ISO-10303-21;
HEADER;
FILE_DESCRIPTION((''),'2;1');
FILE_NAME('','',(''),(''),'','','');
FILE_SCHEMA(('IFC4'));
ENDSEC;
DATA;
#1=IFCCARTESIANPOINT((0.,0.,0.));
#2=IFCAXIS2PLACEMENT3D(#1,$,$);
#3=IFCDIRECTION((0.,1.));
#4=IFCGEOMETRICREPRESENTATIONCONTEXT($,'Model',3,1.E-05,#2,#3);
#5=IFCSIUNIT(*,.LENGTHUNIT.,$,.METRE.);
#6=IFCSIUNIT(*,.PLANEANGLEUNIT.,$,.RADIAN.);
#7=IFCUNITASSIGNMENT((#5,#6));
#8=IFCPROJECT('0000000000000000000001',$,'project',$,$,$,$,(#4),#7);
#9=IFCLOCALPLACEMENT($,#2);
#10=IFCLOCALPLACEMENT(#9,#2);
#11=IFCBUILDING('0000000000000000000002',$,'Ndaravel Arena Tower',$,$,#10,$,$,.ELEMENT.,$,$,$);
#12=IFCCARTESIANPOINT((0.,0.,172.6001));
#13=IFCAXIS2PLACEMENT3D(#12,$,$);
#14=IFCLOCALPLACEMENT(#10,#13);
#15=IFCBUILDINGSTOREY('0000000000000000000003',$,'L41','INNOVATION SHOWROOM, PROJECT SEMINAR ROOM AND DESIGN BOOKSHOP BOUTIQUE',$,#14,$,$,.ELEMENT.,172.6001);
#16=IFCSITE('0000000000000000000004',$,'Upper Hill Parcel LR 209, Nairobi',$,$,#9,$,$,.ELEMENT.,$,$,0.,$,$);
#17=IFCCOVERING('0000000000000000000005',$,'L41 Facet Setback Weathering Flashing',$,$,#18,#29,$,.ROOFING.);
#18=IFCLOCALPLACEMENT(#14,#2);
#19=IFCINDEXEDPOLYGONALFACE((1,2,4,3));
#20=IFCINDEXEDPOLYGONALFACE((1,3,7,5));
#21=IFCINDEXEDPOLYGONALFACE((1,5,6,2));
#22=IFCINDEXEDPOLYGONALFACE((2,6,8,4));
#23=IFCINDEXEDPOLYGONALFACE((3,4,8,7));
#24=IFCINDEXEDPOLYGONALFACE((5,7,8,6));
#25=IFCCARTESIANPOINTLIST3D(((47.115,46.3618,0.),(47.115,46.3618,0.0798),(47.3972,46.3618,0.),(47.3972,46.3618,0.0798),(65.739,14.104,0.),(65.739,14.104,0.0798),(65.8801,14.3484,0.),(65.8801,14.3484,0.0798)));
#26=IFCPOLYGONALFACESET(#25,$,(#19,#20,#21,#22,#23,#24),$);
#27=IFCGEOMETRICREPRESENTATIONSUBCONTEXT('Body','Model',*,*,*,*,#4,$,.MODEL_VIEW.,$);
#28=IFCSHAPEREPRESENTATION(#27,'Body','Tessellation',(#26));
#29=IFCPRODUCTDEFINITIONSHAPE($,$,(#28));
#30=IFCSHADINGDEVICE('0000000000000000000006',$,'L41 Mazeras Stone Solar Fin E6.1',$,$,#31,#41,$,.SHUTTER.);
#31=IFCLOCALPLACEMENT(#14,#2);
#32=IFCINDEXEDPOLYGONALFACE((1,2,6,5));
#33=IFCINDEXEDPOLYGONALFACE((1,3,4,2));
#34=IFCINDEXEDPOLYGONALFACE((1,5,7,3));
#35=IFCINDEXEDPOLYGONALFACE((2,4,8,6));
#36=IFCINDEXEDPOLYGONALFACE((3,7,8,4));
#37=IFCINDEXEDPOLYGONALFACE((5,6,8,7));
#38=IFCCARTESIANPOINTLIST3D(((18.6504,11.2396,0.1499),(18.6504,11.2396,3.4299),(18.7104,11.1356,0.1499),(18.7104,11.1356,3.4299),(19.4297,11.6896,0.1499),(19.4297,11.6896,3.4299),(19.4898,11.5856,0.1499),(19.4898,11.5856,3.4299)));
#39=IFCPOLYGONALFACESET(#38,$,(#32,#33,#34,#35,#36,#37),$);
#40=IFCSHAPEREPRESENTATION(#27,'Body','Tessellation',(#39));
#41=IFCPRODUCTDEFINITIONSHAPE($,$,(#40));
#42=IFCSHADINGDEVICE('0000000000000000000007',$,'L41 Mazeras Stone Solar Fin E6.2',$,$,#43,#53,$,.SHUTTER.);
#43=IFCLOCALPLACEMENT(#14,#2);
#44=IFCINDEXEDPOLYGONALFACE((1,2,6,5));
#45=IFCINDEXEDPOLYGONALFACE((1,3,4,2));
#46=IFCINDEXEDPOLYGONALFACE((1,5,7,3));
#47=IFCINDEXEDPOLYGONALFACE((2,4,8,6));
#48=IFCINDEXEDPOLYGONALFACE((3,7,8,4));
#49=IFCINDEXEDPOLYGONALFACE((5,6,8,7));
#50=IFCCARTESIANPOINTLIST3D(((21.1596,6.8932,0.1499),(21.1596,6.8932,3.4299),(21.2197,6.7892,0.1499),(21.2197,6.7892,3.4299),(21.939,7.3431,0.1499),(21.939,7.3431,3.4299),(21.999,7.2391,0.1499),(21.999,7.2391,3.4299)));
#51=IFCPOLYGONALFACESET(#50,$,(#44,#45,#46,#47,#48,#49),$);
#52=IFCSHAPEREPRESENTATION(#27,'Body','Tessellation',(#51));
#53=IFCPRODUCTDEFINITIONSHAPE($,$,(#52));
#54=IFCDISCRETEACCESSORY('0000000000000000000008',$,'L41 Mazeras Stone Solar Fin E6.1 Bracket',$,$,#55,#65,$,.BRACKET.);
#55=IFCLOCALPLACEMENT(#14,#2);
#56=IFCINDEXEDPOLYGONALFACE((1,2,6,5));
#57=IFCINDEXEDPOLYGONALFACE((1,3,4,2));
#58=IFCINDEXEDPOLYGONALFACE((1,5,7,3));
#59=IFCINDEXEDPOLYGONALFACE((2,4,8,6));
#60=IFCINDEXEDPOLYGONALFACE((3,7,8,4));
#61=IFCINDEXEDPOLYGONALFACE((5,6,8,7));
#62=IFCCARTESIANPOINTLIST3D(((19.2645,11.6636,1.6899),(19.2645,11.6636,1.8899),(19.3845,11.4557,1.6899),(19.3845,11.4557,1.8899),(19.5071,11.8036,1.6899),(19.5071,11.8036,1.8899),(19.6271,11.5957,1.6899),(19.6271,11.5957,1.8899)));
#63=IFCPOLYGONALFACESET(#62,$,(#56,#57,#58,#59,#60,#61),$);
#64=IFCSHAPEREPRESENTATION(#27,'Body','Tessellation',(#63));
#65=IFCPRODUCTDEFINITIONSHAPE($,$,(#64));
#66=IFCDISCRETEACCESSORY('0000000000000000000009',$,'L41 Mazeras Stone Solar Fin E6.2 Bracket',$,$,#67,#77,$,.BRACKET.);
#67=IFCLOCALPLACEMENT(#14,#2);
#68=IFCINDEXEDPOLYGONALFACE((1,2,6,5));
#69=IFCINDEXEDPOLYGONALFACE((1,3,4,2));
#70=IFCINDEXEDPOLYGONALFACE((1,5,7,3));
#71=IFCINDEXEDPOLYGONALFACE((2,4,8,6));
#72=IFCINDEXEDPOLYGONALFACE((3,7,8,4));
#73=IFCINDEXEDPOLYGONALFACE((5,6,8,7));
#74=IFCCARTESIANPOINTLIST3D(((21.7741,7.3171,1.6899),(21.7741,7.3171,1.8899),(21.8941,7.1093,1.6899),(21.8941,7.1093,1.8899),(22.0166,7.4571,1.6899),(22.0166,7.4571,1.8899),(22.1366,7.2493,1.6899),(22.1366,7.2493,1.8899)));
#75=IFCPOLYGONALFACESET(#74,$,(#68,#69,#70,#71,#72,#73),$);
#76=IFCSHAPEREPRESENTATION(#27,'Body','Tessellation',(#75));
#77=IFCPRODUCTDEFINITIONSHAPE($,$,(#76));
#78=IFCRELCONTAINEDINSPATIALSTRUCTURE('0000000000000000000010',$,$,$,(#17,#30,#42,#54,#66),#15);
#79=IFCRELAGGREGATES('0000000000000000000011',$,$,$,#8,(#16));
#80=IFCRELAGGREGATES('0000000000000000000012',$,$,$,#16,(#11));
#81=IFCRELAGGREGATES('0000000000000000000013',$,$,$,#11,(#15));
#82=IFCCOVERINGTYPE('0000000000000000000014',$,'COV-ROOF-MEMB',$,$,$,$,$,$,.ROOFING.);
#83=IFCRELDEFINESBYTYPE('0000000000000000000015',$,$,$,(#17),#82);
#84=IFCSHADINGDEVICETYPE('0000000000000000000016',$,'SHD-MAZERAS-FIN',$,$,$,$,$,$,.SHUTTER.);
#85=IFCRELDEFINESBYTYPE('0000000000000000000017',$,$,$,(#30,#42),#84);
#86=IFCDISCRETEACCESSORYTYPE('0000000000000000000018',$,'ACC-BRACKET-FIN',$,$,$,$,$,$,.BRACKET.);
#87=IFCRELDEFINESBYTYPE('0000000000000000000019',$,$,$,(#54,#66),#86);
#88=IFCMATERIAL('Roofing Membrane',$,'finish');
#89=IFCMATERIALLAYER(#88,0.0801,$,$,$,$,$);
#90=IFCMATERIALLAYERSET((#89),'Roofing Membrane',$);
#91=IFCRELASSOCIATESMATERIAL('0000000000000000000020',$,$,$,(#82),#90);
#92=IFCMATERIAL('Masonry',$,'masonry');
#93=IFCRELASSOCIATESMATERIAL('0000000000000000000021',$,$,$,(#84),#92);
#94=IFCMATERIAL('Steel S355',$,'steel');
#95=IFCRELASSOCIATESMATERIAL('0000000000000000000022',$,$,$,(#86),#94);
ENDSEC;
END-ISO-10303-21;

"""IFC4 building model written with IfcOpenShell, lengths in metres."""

from ifc_helpers import new_model, si_unit, direction, frame, origin, origin_2d, place, context, subcontext, project, spatial, polyline, rectangle, outline, extrude, material, layer, layer_set, type_object, element, save


model = new_model("IFC4")

# Units and contexts
model_context = context("Model", 3, precision=1e-05, world=origin(), true_north=direction((0.0, 1.0)))
body_context = subcontext(model_context, "Body", "Model", "MODEL_VIEW")
ifc_project = project(units=[si_unit("LENGTHUNIT", "METRE"), si_unit("PLANEANGLEUNIT", "RADIAN")], contexts=[model_context])

# Site, building, storey
site_placement = place(None, origin())
site = spatial("IfcSite", under=ifc_project, at=site_placement, Name="Upper Hill Parcel LR 209, Nairobi", CompositionType="ELEMENT", RefElevation=0.0)
building_placement = place(site_placement, origin())
building = spatial("IfcBuilding", under=site, at=building_placement, Name="Ndaravel Arena Tower", CompositionType="ELEMENT")
storey_placement = place(building_placement, frame((0.0, 0.0, 172.6001)))
storey = spatial("IfcBuildingStorey", under=building, at=storey_placement, Name="L41", Description="INNOVATION SHOWROOM, PROJECT SEMINAR ROOM AND DESIGN BOOKSHOP BOUTIQUE", CompositionType="ELEMENT", Elevation=172.6001)

# Covering
ifc_material_1 = material(Name="Roofing Membrane", Category="finish")
ifc_layer_1 = layer(ifc_material_1, 0.0801)
ifc_layer_set_1 = layer_set([ifc_layer_1], Name="Roofing Membrane")
covering_type_1 = type_object("IfcCoveringType", Name="COV-ROOF-MEMB", PredefinedType="ROOFING", material=ifc_layer_set_1)
covering_1_placement = place(storey_placement, origin())
element("IfcCovering", 1, at=covering_1_placement, inside=storey, type_object=covering_type_1, Name="L41 Facet Setback Weathering Flashing", PredefinedType="ROOFING", context=body_context, shape_type="SweptSolid", body=[
    extrude(outline(polyline([(47.3972, 46.3618), (65.8801, 14.3484), (65.739, 14.104), (47.115, 46.3618), (47.3972, 46.3618)])), origin(), (0.0, 0.0, 1.0), 0.0798),
])

# Shading devices
ifc_material_2 = material(Name="Masonry", Category="masonry")
shading_device_type = type_object("IfcShadingDeviceType", Name="SHD-MAZERAS-FIN", PredefinedType="SHUTTER", material=ifc_material_2)
for number, where, z_axis, x_axis, name in (
    (2, (19.0701, 11.4126, 0.1499), (0.0, 0.0, 1.0), (-0.866025, -0.5, 0.0), "L41 Mazeras Stone Solar Fin E6.1"),
    (3, (21.5793, 7.0662, 0.1499), (0.0, 0.0, 1.0), (-0.866025, -0.5, 0.0), "L41 Mazeras Stone Solar Fin E6.2"),
):
    element("IfcShadingDevice", number, at=place(storey_placement, frame(where, z_axis=z_axis, x_axis=x_axis)), inside=storey, type_object=shading_device_type, Name=name, PredefinedType="SHUTTER", context=body_context, shape_type="SweptSolid", body=[
        extrude(rectangle(XDim=0.8999, YDim=0.1201, at=origin_2d()), origin(), (0.0, 0.0, 1.0), 3.28),
    ])

# Discrete accessories
ifc_material_3 = material(Name="Steel S355", Category="steel")
discrete_accessory_type = type_object("IfcDiscreteAccessoryType", Name="ACC-BRACKET-FIN", PredefinedType="BRACKET", material=ifc_material_3)
for number, where, z_axis, x_axis, name in (
    (4, (19.4458, 11.6296, 1.6899), (0.0, 0.0, 1.0), (-0.866025, -0.5, 0.0), "L41 Mazeras Stone Solar Fin E6.1 Bracket"),
    (5, (21.9553, 7.2832, 1.6899), (0.0, 0.0, 1.0), (-0.866025, -0.5, 0.0), "L41 Mazeras Stone Solar Fin E6.2 Bracket"),
):
    element("IfcDiscreteAccessory", number, at=place(storey_placement, frame(where, z_axis=z_axis, x_axis=x_axis)), inside=storey, type_object=discrete_accessory_type, Name=name, PredefinedType="BRACKET", context=body_context, shape_type="SweptSolid", body=[
        extrude(rectangle(XDim=0.28, YDim=0.24, at=origin_2d()), origin(), (0.0, 0.0, 1.0), 0.2),
    ])

save(model, "model.ifc")
